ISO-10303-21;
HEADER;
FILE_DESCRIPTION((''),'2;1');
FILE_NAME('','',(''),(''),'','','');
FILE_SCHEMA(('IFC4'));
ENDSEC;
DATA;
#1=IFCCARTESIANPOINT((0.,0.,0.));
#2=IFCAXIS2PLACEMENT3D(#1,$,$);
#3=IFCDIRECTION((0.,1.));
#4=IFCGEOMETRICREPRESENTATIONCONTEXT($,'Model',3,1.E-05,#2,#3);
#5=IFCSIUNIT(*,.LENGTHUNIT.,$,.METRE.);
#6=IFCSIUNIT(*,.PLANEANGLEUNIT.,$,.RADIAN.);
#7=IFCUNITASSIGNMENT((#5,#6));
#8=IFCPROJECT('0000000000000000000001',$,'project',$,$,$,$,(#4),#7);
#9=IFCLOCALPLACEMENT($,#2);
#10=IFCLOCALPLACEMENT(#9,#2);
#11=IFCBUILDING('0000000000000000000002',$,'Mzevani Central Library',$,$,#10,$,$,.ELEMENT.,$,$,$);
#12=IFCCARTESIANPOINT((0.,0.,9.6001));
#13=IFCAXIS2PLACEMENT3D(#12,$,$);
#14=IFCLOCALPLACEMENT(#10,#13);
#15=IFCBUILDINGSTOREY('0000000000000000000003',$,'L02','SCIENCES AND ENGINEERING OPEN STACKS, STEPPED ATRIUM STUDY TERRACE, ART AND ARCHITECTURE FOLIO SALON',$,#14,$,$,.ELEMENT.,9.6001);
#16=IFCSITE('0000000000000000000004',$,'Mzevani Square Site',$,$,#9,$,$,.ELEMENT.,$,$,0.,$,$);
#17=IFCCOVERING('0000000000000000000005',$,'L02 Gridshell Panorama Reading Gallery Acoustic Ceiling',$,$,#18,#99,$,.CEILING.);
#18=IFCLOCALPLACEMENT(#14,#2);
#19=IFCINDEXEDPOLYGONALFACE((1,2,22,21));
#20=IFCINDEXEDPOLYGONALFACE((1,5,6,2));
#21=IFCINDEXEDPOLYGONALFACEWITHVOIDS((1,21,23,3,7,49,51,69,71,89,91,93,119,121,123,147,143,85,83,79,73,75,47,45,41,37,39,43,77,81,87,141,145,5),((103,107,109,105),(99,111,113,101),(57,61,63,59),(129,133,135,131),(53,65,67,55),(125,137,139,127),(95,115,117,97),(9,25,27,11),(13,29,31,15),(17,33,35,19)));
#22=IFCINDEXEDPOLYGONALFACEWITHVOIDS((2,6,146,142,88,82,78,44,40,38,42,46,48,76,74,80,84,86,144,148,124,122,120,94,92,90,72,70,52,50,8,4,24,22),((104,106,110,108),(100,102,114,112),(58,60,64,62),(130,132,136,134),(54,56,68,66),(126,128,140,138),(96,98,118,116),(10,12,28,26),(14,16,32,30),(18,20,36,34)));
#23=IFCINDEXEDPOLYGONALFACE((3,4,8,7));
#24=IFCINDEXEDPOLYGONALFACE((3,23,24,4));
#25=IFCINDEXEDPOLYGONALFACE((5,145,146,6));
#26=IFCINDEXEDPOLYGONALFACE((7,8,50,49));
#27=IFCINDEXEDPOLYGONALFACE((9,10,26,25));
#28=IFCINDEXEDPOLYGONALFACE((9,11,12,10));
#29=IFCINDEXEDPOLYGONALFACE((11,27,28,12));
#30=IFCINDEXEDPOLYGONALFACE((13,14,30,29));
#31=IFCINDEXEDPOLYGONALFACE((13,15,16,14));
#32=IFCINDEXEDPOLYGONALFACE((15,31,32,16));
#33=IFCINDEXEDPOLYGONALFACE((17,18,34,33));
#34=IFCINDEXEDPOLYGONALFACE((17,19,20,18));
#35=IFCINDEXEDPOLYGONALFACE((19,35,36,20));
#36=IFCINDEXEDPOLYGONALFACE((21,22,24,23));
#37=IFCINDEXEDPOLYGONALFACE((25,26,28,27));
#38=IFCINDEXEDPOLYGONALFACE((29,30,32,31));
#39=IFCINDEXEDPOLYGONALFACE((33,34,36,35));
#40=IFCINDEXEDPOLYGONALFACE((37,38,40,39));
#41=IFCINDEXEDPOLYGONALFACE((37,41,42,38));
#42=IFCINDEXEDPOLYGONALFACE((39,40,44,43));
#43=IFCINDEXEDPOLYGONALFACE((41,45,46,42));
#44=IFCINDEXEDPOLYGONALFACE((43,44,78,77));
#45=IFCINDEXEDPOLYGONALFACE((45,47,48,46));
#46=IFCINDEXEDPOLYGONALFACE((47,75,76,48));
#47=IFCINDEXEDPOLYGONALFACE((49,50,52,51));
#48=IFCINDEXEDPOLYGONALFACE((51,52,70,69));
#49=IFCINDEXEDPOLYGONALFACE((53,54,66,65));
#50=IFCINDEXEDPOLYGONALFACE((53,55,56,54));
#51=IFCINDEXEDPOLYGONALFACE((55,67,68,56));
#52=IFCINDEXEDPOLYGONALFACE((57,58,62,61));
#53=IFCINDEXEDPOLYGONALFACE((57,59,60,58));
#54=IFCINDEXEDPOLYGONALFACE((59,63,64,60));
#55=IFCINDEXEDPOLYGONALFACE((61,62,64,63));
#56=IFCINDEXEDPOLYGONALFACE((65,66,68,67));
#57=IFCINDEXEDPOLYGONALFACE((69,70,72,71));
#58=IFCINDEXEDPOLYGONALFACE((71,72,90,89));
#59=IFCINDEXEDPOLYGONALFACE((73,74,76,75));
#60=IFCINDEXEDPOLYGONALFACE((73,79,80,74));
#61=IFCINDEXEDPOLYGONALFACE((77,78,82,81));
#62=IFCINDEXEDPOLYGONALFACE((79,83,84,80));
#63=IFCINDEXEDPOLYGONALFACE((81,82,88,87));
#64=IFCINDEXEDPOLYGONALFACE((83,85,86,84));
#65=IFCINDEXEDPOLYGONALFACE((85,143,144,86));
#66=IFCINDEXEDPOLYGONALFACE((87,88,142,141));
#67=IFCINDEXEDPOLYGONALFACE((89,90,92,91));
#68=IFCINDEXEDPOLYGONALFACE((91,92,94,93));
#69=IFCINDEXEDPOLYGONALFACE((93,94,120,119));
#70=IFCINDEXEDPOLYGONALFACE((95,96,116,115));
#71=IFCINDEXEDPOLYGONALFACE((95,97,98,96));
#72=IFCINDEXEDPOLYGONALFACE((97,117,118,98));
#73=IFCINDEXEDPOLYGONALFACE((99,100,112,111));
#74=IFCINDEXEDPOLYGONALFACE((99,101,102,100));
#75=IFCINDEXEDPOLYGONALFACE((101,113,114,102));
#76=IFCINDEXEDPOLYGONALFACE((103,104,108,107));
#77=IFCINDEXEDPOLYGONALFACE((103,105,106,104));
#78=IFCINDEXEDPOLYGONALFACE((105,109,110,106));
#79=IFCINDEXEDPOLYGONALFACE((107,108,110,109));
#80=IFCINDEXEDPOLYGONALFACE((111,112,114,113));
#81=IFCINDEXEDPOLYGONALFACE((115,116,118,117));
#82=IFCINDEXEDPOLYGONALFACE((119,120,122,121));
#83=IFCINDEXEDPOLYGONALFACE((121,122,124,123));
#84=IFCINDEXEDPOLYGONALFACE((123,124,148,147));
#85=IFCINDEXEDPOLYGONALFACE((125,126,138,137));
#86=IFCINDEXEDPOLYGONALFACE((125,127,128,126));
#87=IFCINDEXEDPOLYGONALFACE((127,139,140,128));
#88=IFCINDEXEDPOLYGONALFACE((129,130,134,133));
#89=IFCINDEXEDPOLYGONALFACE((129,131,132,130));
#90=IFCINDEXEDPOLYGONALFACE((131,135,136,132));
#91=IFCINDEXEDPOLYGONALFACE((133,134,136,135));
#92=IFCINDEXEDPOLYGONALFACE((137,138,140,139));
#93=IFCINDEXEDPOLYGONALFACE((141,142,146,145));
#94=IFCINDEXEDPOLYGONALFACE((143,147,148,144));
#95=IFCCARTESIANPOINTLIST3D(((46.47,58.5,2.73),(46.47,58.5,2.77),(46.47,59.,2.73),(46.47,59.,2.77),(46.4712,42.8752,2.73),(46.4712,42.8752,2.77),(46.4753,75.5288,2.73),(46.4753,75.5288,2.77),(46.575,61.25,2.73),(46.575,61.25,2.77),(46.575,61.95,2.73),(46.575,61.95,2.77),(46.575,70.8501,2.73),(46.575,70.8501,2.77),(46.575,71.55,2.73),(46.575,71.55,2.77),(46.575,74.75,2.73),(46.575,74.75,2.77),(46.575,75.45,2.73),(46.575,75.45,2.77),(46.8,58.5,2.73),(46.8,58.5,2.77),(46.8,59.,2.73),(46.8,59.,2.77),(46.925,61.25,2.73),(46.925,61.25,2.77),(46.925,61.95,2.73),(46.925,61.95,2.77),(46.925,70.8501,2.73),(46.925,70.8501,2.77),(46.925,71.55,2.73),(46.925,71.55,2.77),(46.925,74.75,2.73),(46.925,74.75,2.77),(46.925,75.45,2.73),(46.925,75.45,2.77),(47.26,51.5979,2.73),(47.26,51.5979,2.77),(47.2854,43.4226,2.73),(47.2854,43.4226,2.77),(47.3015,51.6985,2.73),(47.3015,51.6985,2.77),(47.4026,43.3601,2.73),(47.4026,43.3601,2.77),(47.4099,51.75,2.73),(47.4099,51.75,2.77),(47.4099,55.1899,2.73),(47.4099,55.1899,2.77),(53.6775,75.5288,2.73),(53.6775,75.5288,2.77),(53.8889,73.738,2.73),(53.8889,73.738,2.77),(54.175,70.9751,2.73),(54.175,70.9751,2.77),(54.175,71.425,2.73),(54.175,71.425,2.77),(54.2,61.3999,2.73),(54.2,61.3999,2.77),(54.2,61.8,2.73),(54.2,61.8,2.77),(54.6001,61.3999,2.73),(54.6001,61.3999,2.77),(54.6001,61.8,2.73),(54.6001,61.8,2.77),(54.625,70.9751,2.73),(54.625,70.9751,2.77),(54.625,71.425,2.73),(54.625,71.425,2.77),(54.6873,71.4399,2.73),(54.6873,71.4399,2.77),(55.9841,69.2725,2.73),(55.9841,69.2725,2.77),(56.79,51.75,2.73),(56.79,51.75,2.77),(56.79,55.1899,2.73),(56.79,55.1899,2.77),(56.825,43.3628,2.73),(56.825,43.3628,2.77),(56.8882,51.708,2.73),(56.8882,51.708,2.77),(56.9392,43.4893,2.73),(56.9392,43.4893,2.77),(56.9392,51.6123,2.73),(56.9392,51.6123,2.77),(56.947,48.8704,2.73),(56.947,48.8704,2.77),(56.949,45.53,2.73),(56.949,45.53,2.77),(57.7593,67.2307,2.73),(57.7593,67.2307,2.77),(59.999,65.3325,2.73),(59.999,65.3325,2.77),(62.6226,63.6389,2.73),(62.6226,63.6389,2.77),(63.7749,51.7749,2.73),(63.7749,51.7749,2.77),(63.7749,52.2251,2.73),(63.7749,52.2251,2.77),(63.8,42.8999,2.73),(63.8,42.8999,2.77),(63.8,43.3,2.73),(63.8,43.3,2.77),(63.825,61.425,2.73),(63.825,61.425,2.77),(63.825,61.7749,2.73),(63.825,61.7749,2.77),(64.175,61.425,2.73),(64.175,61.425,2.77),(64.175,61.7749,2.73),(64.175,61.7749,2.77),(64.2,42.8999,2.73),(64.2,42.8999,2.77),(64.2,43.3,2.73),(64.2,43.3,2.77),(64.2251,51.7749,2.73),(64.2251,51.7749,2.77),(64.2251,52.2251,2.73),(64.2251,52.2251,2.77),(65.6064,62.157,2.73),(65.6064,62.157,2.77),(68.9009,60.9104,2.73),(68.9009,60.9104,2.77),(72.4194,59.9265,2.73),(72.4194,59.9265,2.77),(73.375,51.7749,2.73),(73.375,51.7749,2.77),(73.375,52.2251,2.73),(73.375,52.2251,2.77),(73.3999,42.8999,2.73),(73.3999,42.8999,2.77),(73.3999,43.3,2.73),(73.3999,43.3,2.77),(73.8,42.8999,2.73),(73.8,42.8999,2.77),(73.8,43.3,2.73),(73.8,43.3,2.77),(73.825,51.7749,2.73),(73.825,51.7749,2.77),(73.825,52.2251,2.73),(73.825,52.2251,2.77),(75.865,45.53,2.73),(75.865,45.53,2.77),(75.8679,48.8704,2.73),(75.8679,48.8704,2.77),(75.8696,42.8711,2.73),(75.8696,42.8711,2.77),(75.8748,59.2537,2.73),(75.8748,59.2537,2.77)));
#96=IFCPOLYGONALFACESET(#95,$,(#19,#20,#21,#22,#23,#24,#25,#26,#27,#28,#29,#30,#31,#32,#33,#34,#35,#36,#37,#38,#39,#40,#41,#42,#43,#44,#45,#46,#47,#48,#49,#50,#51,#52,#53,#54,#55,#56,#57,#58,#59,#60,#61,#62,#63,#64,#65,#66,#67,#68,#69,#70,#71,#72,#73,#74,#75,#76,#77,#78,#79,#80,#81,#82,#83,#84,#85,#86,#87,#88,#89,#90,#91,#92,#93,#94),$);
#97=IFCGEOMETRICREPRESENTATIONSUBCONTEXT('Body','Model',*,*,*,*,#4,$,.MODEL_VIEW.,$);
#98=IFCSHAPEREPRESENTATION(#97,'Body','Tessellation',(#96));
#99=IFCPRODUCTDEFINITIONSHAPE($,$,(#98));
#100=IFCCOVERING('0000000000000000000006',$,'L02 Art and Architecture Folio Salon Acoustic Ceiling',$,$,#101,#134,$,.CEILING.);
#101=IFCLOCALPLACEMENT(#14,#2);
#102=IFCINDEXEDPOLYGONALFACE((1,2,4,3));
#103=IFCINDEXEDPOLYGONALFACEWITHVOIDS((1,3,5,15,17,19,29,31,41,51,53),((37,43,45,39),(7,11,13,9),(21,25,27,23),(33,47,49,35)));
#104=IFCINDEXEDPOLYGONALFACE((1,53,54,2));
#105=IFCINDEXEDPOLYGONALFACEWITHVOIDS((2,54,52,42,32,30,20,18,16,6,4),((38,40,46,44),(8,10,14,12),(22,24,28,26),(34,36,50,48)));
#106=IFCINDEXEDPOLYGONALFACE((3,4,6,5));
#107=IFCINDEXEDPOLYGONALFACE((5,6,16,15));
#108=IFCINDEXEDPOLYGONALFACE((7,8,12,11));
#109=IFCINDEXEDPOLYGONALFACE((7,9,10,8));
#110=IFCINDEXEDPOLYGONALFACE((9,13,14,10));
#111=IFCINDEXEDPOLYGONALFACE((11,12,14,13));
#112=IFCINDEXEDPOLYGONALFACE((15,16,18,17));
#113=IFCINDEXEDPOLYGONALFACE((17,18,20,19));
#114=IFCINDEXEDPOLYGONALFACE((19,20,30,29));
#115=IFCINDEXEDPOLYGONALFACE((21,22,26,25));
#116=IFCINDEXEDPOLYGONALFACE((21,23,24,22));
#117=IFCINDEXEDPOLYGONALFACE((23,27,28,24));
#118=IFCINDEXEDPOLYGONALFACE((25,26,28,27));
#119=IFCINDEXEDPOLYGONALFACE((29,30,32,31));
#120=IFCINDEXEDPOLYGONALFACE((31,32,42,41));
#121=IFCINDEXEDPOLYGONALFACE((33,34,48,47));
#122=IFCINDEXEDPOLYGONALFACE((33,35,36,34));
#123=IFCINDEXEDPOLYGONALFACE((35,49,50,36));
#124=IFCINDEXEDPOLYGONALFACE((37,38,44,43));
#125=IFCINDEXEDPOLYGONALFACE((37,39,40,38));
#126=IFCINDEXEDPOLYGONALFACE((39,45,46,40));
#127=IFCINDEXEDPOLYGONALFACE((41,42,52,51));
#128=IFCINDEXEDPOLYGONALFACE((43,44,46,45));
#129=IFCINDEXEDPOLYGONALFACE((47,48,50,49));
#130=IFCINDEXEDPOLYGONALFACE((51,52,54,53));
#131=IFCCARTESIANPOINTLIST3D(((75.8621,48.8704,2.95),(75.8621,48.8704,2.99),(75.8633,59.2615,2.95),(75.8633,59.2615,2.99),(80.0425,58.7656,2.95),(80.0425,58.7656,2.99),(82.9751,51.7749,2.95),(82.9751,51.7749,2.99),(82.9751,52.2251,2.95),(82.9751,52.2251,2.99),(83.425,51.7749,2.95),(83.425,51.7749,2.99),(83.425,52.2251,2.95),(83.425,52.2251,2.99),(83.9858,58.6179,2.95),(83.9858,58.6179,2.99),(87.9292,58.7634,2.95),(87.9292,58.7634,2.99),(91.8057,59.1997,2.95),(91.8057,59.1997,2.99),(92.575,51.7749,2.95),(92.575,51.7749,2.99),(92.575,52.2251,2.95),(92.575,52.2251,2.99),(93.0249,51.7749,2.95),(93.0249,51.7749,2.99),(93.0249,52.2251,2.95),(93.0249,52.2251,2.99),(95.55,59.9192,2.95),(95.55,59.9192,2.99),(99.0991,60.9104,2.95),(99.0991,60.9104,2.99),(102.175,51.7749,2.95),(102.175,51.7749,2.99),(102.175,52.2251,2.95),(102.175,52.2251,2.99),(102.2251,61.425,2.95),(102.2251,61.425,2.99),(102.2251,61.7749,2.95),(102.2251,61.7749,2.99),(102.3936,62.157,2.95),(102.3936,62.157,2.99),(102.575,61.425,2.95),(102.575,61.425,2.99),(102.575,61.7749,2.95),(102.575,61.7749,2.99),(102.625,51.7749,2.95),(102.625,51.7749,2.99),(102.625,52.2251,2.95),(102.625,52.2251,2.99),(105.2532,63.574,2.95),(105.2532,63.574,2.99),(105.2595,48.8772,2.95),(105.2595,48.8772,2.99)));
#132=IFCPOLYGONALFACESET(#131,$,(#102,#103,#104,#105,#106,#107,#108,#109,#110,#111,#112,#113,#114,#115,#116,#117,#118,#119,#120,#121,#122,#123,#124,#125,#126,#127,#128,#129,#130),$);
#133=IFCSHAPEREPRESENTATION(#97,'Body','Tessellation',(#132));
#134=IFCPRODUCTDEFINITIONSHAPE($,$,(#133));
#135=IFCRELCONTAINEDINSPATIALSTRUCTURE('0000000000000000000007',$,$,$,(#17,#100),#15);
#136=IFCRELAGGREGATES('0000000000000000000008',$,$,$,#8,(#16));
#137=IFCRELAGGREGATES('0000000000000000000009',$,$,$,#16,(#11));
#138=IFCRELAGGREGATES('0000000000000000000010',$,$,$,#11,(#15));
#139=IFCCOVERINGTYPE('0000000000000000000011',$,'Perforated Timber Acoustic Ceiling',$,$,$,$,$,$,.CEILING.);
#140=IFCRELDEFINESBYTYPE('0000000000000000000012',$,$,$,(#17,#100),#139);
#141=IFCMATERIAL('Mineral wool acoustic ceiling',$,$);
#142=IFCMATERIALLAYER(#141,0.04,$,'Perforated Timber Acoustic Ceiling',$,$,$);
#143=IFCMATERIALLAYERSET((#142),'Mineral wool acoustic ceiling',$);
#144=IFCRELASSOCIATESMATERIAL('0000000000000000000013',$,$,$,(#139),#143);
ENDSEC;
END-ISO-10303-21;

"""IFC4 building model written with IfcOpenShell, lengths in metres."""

from ifc_helpers import new_model, si_unit, direction, frame, origin, place, context, subcontext, project, spatial, polyline, outline, extrude, material, layer, layer_set, type_object, element, save


model = new_model("IFC4")

# Units and contexts
model_context = context("Model", 3, precision=1e-05, world=origin(), true_north=direction((0.0, 1.0)))
body_context = subcontext(model_context, "Body", "Model", "MODEL_VIEW")
ifc_project = project(units=[si_unit("LENGTHUNIT", "METRE"), si_unit("PLANEANGLEUNIT", "RADIAN")], contexts=[model_context])

# Site, building, storey
site_placement = place(None, origin())
site = spatial("IfcSite", under=ifc_project, at=site_placement, Name="Mzevani Square Site", CompositionType="ELEMENT", RefElevation=0.0)
building_placement = place(site_placement, origin())
building = spatial("IfcBuilding", under=site, at=building_placement, Name="Mzevani Central Library", CompositionType="ELEMENT")
storey_placement = place(building_placement, frame((0.0, 0.0, 9.6001)))
storey = spatial("IfcBuildingStorey", under=building, at=storey_placement, Name="L02", Description="SCIENCES AND ENGINEERING OPEN STACKS, STEPPED ATRIUM STUDY TERRACE, ART AND ARCHITECTURE FOLIO SALON", CompositionType="ELEMENT", Elevation=9.6001)

# Coverings
ifc_material_1 = material(Name="Mineral wool acoustic ceiling")
ifc_layer_1 = layer(ifc_material_1, 0.04, Name="Perforated Timber Acoustic Ceiling")
ifc_layer_set_1 = layer_set([ifc_layer_1], Name="Mineral wool acoustic ceiling")
covering_type_1 = type_object("IfcCoveringType", Name="Perforated Timber Acoustic Ceiling", PredefinedType="CEILING", material=ifc_layer_set_1)
covering_1_placement = place(storey_placement, frame((0.0, 0.0, 2.73)))
element("IfcCovering", 1, at=covering_1_placement, inside=storey, type_object=covering_type_1, Name="L02 Gridshell Panorama Reading Gallery Acoustic Ceiling", PredefinedType="CEILING", context=body_context, shape_type="SweptSolid", body=[
    extrude(outline(polyline([(75.8748, 59.2537), (75.8679, 48.8704), (56.947, 48.8704), (56.9392, 51.6123), (56.8882, 51.708), (56.79, 51.75), (56.79, 55.1899), (47.4099, 55.1899), (47.4099, 51.75), (47.3015, 51.6985), (47.26, 51.5979), (47.2854, 43.4226), (47.4026, 43.3601), (56.825, 43.3628), (56.9392, 43.4893), (56.949, 45.53), (75.865, 45.53), (75.8696, 42.8711), (46.4712, 42.8752), (46.47, 58.5), (46.8, 58.5), (46.8, 59.0), (46.47, 59.0), (46.4753, 75.5288), (53.6775, 75.5288), (53.8889, 73.738), (54.6873, 71.4399), (55.9841, 69.2725), (57.7593, 67.2307), (59.999, 65.3325), (62.6226, 63.6389), (65.6064, 62.157), (68.9009, 60.9104), (72.4194, 59.9265), (75.8748, 59.2537)]), holes=[polyline([(46.575, 61.25), (46.925, 61.25), (46.925, 61.95), (46.575, 61.95), (46.575, 61.25)]), polyline([(46.575, 71.55), (46.575, 70.8501), (46.925, 70.8501), (46.925, 71.55), (46.575, 71.55)]), polyline([(46.925, 75.45), (46.575, 75.45), (46.575, 74.75), (46.925, 74.75), (46.925, 75.45)]), polyline([(54.6001, 61.3999), (54.6001, 61.8), (54.2, 61.8), (54.2, 61.3999), (54.6001, 61.3999)]), polyline([(54.175, 70.9751), (54.625, 70.9751), (54.625, 71.425), (54.175, 71.425), (54.175, 70.9751)]), polyline([(63.8, 43.3), (63.8, 42.8999), (64.2, 42.8999), (64.2, 43.3), (63.8, 43.3)]), polyline([(64.2251, 52.2251), (63.7749, 52.2251), (63.7749, 51.7749), (64.2251, 51.7749), (64.2251, 52.2251)]), polyline([(64.175, 61.425), (64.175, 61.7749), (63.825, 61.7749), (63.825, 61.425), (64.175, 61.425)]), polyline([(73.3999, 42.8999), (73.8, 42.8999), (73.8, 43.3), (73.3999, 43.3), (73.3999, 42.8999)]), polyline([(73.375, 52.2251), (73.375, 51.7749), (73.825, 51.7749), (73.825, 52.2251), (73.375, 52.2251)])]), origin(), (0.0, 0.0, 1.0), 0.04),
])
covering_2_placement = place(storey_placement, frame((0.0, 0.0, 2.95)))
element("IfcCovering", 2, at=covering_2_placement, inside=storey, type_object=covering_type_1, Name="L02 Art and Architecture Folio Salon Acoustic Ceiling", PredefinedType="CEILING", context=body_context, shape_type="SweptSolid", body=[
    extrude(outline(polyline([(75.8633, 59.2615), (80.0425, 58.7656), (83.9858, 58.6179), (87.9292, 58.7634), (91.8057, 59.1997), (95.55, 59.9192), (99.0991, 60.9104), (102.3936, 62.157), (105.2532, 63.574), (105.2595, 48.8772), (75.8621, 48.8704), (75.8633, 59.2615)]), holes=[polyline([(83.425, 51.7749), (83.425, 52.2251), (82.9751, 52.2251), (82.9751, 51.7749), (83.425, 51.7749)]), polyline([(92.575, 51.7749), (93.0249, 51.7749), (93.0249, 52.2251), (92.575, 52.2251), (92.575, 51.7749)]), polyline([(102.175, 52.2251), (102.175, 51.7749), (102.625, 51.7749), (102.625, 52.2251), (102.175, 52.2251)]), polyline([(102.575, 61.7749), (102.2251, 61.7749), (102.2251, 61.425), (102.575, 61.425), (102.575, 61.7749)])]), origin(), (0.0, 0.0, 1.0), 0.04),
])

save(model, "model.ifc")
